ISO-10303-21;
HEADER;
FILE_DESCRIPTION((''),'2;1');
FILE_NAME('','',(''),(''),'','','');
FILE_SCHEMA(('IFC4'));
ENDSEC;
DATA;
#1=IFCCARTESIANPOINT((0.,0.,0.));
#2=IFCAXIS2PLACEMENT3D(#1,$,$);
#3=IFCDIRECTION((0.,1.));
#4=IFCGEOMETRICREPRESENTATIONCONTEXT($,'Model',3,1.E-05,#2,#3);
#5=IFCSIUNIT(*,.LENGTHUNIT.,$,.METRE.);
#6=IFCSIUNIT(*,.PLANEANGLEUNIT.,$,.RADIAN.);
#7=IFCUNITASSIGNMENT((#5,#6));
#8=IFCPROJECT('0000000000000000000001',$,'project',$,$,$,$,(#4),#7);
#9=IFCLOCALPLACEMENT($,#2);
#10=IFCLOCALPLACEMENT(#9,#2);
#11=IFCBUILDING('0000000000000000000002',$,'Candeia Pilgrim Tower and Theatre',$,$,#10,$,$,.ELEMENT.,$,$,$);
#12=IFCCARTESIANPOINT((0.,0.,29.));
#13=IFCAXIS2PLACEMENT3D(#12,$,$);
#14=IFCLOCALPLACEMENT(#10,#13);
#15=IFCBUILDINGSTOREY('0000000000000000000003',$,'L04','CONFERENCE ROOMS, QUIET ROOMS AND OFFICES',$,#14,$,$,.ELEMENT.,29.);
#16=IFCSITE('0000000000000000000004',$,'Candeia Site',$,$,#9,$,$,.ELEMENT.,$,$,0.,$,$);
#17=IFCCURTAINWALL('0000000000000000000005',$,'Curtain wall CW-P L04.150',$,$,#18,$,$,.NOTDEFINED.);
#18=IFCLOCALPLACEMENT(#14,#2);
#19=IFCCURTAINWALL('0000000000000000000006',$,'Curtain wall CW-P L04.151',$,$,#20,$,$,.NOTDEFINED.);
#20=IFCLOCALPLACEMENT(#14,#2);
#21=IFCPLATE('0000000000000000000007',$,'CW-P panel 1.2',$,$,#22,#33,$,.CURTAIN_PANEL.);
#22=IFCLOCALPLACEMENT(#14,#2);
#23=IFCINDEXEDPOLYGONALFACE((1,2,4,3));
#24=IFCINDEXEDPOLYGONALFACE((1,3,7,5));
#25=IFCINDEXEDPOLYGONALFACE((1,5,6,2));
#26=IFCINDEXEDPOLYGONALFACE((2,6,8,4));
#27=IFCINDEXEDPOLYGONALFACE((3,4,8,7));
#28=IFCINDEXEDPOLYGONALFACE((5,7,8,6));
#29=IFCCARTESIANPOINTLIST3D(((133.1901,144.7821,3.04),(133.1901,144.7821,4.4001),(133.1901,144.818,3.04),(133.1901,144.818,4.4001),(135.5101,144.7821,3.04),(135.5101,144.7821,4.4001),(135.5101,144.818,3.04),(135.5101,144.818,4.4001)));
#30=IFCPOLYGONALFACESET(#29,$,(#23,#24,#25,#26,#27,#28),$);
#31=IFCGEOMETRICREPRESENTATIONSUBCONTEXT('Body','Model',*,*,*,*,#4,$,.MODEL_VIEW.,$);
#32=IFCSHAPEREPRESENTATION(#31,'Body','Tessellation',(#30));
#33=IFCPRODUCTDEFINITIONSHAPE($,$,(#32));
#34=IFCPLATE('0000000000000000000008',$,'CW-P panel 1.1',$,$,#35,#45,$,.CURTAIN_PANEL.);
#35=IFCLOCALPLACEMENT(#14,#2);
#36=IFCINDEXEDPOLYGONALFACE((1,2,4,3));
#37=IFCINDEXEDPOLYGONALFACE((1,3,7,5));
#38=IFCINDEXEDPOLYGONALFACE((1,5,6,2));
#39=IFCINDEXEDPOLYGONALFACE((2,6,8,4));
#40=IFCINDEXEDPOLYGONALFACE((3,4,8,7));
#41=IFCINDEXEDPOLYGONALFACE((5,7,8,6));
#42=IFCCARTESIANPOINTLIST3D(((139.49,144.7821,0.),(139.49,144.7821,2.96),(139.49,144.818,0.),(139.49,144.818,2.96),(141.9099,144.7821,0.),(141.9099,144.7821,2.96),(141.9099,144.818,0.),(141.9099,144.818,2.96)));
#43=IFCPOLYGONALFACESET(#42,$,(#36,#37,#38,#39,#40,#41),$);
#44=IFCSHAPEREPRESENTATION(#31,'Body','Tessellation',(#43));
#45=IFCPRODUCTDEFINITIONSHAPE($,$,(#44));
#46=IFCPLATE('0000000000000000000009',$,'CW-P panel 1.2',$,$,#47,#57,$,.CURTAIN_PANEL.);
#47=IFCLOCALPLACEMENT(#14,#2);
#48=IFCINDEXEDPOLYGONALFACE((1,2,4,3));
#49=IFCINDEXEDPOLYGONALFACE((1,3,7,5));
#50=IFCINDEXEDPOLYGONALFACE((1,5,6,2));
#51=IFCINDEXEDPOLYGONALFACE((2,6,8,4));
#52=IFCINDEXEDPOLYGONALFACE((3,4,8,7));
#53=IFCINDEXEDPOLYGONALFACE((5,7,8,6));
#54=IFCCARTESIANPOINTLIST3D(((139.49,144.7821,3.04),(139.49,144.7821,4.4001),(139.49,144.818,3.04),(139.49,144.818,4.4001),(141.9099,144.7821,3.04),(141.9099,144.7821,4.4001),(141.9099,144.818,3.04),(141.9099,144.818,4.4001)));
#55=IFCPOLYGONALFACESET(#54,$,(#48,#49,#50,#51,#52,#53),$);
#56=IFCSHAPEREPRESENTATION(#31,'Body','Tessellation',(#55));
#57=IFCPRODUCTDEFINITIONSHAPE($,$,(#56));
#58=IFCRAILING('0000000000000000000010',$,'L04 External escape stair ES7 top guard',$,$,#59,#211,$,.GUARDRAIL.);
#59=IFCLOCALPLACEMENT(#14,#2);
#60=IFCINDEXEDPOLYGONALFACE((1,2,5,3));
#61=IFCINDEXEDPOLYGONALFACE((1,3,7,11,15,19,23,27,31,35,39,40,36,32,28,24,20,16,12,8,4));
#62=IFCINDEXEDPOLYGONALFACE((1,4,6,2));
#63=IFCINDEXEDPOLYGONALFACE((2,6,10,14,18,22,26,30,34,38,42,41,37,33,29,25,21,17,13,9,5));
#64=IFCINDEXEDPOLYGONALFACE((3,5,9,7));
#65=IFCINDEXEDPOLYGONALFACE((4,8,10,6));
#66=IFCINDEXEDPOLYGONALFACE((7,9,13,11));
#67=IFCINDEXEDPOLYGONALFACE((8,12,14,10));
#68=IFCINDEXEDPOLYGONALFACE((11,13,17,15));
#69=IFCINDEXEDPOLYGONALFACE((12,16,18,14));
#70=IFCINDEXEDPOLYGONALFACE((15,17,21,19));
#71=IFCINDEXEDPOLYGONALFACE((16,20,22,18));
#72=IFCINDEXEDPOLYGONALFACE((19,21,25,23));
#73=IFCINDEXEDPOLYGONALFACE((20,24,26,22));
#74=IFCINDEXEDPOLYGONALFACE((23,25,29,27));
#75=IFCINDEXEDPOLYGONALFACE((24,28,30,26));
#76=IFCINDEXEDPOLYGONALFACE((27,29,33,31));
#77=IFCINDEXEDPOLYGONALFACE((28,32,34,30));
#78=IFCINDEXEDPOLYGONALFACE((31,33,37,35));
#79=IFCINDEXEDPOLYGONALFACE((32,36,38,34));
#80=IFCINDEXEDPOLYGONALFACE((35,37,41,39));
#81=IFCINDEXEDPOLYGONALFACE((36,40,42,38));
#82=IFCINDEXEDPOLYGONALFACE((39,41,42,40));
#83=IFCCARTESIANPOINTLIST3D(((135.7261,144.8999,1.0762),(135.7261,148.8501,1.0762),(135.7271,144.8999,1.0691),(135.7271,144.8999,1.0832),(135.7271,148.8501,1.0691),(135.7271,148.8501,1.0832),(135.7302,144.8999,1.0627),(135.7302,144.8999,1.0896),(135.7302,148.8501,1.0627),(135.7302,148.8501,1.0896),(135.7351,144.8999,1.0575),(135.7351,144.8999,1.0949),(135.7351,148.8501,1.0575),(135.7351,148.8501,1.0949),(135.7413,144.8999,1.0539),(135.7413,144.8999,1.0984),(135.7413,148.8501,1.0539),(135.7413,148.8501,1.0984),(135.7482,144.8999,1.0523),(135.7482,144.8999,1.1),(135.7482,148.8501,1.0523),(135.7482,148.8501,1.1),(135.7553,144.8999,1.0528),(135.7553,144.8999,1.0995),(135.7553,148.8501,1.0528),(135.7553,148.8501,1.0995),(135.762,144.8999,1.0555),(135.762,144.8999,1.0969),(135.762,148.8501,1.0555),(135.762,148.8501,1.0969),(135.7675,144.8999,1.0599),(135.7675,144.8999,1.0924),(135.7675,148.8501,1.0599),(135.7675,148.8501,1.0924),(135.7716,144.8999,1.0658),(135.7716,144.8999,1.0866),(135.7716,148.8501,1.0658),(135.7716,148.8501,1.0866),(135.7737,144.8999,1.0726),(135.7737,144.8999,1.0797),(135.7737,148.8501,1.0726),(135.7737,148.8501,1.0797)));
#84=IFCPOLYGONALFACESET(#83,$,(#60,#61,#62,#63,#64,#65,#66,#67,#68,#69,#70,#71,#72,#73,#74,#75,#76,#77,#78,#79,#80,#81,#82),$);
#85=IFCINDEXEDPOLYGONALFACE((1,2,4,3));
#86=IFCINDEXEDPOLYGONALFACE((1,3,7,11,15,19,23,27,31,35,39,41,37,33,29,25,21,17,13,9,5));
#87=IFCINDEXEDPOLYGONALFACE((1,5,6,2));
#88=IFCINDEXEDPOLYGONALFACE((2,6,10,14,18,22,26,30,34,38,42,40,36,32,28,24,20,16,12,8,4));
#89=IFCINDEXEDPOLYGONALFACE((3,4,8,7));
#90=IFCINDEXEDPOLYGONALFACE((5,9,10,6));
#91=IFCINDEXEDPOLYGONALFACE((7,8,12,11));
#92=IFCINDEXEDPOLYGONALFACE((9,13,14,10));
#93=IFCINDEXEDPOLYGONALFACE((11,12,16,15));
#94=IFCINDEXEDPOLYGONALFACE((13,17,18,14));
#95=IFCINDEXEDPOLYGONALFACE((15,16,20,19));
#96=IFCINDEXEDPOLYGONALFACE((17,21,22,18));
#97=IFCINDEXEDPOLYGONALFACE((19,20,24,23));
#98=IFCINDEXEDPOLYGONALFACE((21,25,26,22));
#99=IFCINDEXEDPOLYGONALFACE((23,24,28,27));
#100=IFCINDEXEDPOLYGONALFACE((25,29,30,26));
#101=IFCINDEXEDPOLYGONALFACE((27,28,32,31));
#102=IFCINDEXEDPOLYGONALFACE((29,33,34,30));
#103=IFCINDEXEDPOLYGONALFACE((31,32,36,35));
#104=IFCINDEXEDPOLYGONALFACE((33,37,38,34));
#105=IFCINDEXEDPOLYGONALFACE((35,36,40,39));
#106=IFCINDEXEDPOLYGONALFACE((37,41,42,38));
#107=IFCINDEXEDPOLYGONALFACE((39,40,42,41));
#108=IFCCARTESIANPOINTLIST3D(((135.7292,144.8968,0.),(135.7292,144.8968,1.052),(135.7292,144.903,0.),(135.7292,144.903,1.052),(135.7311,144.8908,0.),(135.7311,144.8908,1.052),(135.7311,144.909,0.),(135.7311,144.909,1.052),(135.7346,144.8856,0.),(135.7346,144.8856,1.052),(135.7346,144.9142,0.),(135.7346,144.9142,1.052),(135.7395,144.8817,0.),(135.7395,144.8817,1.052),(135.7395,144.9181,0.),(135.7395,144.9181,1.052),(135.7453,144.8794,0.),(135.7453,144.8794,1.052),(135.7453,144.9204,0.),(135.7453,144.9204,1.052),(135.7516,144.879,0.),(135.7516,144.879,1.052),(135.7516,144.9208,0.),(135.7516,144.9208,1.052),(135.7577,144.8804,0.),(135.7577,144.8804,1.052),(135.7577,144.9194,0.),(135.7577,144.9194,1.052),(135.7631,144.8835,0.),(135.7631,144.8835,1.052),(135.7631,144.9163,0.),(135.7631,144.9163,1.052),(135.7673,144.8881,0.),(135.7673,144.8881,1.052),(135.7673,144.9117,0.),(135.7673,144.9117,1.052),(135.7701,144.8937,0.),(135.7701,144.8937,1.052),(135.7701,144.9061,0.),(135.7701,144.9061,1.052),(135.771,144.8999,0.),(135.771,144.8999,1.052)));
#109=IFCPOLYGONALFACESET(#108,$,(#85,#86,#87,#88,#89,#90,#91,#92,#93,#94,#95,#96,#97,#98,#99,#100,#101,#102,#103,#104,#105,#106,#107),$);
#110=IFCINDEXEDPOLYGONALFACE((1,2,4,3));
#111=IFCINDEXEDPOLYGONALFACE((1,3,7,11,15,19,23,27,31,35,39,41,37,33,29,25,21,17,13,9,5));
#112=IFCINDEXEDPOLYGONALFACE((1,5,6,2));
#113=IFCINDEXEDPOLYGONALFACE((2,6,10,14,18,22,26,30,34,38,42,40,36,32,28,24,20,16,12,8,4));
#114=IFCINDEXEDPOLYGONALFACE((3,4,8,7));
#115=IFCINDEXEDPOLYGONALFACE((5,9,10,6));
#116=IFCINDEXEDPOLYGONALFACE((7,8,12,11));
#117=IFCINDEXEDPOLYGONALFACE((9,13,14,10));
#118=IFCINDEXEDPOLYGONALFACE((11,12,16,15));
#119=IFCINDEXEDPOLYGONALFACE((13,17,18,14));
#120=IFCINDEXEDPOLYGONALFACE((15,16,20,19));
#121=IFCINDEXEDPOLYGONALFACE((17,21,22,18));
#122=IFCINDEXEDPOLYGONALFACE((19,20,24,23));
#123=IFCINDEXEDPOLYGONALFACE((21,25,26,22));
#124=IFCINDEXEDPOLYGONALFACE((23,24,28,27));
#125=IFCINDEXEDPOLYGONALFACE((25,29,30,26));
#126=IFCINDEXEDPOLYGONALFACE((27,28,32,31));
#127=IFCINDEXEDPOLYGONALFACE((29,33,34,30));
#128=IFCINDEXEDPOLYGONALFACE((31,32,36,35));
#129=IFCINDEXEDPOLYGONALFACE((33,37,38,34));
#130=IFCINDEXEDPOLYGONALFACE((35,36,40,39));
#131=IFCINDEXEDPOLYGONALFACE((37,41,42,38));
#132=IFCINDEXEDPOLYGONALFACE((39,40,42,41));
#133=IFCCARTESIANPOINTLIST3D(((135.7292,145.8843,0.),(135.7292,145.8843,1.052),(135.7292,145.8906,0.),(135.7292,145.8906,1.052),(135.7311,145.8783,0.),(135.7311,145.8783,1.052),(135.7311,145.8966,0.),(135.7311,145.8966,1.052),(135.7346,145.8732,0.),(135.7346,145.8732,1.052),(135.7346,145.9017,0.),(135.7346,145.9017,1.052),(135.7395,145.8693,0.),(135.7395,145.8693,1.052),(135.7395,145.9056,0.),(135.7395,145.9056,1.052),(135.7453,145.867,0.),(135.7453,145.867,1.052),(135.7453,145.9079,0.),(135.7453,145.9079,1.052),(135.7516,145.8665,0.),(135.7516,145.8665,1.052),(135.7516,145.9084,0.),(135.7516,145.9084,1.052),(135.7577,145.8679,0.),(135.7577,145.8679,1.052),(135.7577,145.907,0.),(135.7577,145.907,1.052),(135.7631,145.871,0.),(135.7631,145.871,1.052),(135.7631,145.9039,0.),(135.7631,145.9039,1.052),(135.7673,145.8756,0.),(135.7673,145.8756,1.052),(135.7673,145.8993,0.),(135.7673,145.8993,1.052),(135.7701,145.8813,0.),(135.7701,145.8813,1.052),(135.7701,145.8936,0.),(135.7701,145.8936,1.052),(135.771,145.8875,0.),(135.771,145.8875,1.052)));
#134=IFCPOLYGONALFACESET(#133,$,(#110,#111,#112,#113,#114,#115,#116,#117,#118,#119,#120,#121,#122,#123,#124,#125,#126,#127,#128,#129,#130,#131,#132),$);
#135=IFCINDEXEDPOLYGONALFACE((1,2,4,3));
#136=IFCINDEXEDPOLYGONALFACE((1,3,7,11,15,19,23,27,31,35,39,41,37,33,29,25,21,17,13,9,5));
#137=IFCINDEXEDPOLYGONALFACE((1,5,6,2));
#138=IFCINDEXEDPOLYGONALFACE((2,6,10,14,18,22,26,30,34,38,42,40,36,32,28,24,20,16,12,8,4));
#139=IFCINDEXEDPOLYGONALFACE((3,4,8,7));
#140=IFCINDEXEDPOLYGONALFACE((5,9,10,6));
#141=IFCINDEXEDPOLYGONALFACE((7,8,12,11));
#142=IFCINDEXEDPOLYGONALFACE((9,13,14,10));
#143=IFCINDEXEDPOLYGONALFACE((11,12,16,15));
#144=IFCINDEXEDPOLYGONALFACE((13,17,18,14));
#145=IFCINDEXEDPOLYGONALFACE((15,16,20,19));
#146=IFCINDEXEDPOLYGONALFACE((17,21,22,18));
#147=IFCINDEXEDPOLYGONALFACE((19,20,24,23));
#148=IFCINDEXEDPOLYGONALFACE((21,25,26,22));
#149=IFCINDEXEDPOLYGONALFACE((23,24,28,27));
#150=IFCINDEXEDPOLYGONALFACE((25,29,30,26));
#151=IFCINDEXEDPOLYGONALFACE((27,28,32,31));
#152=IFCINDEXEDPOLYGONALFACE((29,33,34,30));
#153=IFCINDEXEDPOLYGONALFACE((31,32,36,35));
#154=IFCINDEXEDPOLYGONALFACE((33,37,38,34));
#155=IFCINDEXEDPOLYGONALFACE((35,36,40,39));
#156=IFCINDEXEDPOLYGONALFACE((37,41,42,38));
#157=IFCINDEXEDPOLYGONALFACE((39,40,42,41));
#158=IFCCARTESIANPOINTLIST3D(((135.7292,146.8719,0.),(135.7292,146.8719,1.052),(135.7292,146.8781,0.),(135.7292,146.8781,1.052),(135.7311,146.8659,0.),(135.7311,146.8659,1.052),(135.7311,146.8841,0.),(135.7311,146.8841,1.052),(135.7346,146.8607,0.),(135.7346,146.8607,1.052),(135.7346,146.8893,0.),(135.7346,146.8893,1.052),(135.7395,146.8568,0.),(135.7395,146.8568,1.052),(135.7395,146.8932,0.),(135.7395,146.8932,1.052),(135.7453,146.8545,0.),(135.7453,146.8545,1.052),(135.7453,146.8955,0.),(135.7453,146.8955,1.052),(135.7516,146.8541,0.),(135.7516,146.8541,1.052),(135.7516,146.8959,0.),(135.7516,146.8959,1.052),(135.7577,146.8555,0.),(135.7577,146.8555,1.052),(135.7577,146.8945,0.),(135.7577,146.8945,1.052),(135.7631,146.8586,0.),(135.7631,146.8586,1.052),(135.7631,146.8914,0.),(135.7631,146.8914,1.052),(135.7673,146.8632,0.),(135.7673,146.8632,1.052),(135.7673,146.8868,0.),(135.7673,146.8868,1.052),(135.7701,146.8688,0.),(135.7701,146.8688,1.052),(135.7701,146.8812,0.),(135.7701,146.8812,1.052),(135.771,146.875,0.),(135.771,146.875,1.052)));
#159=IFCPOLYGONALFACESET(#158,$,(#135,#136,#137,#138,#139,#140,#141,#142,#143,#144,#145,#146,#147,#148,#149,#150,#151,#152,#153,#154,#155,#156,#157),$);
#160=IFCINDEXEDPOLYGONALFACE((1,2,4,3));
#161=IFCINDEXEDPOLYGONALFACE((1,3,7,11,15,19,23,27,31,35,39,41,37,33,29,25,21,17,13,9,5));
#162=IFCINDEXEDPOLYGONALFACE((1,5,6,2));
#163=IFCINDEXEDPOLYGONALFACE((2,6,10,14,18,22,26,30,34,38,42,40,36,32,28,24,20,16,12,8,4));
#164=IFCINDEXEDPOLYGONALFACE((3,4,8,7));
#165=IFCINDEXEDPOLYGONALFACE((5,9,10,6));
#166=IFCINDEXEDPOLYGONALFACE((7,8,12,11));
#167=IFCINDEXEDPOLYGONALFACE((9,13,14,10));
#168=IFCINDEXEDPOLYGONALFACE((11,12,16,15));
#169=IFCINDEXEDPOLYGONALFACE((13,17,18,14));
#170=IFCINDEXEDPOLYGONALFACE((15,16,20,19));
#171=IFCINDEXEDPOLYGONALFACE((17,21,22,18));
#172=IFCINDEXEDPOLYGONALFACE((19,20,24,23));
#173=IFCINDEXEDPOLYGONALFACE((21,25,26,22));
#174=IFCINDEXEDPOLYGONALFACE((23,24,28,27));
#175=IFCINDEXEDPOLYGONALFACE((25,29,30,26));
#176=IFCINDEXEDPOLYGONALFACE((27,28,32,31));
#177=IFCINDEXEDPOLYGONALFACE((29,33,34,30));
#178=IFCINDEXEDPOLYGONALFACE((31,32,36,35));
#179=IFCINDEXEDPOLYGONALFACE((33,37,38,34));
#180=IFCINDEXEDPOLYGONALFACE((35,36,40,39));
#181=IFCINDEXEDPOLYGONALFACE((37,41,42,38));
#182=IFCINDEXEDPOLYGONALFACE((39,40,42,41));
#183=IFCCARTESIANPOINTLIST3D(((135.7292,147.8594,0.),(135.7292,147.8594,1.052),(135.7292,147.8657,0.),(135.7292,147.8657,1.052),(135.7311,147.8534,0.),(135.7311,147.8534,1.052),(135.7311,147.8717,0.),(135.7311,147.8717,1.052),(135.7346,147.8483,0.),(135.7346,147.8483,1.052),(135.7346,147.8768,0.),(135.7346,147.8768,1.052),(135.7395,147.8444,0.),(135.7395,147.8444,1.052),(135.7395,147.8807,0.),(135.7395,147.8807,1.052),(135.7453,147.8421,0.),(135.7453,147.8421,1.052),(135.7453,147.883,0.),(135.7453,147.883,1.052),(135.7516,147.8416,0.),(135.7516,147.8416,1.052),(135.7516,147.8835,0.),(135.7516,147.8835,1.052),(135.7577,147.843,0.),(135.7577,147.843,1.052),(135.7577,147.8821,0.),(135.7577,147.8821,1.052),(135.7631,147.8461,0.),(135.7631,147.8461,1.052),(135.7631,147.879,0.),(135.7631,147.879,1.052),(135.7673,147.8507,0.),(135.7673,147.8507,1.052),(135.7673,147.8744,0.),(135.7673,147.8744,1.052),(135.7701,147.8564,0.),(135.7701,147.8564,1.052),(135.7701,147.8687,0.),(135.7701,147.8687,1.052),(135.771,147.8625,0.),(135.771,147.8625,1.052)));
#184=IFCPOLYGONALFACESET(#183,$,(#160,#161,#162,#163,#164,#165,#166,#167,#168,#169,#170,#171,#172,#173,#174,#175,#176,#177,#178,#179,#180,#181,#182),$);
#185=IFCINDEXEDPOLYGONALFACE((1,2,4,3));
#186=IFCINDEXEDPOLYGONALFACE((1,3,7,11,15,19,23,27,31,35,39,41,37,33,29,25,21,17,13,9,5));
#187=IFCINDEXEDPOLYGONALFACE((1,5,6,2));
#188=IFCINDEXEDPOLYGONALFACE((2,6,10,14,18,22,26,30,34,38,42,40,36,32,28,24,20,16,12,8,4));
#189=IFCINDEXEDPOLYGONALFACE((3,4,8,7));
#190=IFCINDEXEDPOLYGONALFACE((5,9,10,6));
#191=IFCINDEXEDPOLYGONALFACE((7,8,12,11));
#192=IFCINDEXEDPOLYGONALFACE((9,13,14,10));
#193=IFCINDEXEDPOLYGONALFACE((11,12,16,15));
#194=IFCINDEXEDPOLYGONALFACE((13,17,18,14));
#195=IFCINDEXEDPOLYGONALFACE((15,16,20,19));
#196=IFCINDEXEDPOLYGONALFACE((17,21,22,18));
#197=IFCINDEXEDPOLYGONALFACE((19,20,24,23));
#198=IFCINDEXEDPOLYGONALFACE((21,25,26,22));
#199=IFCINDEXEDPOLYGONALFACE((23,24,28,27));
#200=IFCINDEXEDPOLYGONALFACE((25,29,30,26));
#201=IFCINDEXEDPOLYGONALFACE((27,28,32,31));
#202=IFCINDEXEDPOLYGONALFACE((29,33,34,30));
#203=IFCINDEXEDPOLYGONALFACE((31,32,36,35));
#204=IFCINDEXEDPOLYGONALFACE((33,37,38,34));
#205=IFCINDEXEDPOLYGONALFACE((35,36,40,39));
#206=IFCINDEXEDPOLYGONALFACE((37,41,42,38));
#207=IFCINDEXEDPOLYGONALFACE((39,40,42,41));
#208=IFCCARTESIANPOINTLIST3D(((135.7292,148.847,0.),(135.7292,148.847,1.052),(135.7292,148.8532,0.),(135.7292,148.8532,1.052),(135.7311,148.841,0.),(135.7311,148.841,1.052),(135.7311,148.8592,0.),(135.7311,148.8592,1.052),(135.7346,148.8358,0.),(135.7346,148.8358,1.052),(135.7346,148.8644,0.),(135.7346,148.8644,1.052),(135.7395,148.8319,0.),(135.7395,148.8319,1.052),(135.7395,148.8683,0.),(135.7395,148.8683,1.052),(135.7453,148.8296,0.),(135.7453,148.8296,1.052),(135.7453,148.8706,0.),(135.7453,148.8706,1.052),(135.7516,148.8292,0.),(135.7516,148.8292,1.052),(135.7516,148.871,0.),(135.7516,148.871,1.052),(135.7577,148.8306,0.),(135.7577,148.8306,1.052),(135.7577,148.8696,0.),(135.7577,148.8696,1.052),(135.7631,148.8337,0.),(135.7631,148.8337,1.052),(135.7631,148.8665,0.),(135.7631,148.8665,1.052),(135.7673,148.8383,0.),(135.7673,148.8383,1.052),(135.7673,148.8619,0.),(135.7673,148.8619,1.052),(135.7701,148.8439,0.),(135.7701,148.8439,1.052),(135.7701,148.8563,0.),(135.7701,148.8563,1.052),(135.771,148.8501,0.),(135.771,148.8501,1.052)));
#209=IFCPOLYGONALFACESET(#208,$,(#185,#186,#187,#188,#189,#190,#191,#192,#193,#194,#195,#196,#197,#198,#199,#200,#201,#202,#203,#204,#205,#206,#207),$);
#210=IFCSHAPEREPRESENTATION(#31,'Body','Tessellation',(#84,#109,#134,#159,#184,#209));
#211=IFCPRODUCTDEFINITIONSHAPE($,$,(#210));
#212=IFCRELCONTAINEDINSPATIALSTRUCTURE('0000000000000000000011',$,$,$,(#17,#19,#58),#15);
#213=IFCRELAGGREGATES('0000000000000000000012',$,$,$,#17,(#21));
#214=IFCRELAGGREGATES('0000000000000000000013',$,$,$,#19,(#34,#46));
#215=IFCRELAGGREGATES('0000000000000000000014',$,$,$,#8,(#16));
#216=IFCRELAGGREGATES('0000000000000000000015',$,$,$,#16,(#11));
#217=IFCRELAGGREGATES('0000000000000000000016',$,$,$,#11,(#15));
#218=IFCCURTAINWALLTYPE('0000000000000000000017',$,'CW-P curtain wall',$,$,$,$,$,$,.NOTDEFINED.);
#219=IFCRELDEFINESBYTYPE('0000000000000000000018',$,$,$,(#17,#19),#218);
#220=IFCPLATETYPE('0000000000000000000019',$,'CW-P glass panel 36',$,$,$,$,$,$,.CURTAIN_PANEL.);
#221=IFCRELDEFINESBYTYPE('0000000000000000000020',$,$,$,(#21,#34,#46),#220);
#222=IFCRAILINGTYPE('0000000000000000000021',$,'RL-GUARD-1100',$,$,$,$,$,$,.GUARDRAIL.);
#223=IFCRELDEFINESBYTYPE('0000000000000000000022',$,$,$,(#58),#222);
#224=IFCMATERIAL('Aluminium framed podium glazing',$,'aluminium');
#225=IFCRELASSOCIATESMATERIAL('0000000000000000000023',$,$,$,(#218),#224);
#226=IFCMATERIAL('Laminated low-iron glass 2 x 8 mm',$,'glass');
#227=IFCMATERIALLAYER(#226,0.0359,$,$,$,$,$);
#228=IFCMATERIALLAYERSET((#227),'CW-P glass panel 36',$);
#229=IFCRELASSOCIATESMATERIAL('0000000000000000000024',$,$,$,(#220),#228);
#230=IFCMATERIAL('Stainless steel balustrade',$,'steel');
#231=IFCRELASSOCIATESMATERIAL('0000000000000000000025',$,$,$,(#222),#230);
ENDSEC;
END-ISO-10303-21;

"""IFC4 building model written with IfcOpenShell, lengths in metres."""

from ifc_helpers import new_model, si_unit, direction, frame, origin, origin_2d, place, context, subcontext, project, spatial, rectangle, circle, extrude, material, layer, layer_set, type_object, element, aggregate, save


model = new_model("IFC4")

# Units and contexts
model_context = context("Model", 3, precision=1e-05, world=origin(), true_north=direction((0.0, 1.0)))
body_context = subcontext(model_context, "Body", "Model", "MODEL_VIEW")
ifc_project = project(units=[si_unit("LENGTHUNIT", "METRE"), si_unit("PLANEANGLEUNIT", "RADIAN")], contexts=[model_context])

# Site, building, storey
site_placement = place(None, origin())
site = spatial("IfcSite", under=ifc_project, at=site_placement, Name="Candeia Site", CompositionType="ELEMENT", RefElevation=0.0)
building_placement = place(site_placement, origin())
building = spatial("IfcBuilding", under=site, at=building_placement, Name="Candeia Pilgrim Tower and Theatre", CompositionType="ELEMENT")
storey_placement = place(building_placement, frame((0.0, 0.0, 29.0)))
storey = spatial("IfcBuildingStorey", under=building, at=storey_placement, Name="L04", Description="CONFERENCE ROOMS, QUIET ROOMS AND OFFICES", CompositionType="ELEMENT", Elevation=29.0)

# Shared definitions
ifc_material_1 = material(Name="Aluminium framed podium glazing", Category="aluminium")
curtain_wall_type = type_object("IfcCurtainWallType", Name="CW-P curtain wall", PredefinedType="NOTDEFINED", material=ifc_material_1)

# Curtain walls
curtain_wall_1_placement = place(storey_placement, origin())
curtain_wall_1 = element("IfcCurtainWall", 1, at=curtain_wall_1_placement, inside=storey, type_object=curtain_wall_type, Name="Curtain wall CW-P L04.150", PredefinedType="NOTDEFINED")
curtain_wall_2_placement = place(storey_placement, origin())
curtain_wall_2 = element("IfcCurtainWall", 2, at=curtain_wall_2_placement, inside=storey, type_object=curtain_wall_type, Name="Curtain wall CW-P L04.151", PredefinedType="NOTDEFINED")

# Plates
ifc_material_2 = material(Name="Laminated low-iron glass 2 x 8 mm", Category="glass")
ifc_layer_1 = layer(ifc_material_2, 0.0359)
ifc_layer_set_1 = layer_set([ifc_layer_1], Name="CW-P glass panel 36")
plate_type = type_object("IfcPlateType", Name="CW-P glass panel 36", PredefinedType="CURTAIN_PANEL", material=ifc_layer_set_1)
plate_1_placement = place(storey_placement, frame((134.3501, 144.8, 3.04), z_axis=(0.0, 0.0, 1.0), x_axis=(1.0, 0.0, 0.0)))
plate_1 = element("IfcPlate", 3, at=plate_1_placement, type_object=plate_type, Name="CW-P panel 1.2", PredefinedType="CURTAIN_PANEL", context=body_context, shape_type="SweptSolid", body=[
    extrude(rectangle(XDim=2.3201, YDim=0.0359, at=origin_2d()), origin(), (0.0, 0.0, 1.0), 1.3601),
])
aggregate(curtain_wall_1, [plate_1])
plate_2_placement = place(storey_placement, frame((140.7, 144.8, 0.0), z_axis=(0.0, 0.0, 1.0), x_axis=(1.0, 0.0, 0.0)))
plate_2 = element("IfcPlate", 4, at=plate_2_placement, type_object=plate_type, Name="CW-P panel 1.1", PredefinedType="CURTAIN_PANEL", context=body_context, shape_type="SweptSolid", body=[
    extrude(rectangle(XDim=2.4199, YDim=0.0359, at=origin_2d()), origin(), (0.0, 0.0, 1.0), 2.96),
])
plate_3_placement = place(storey_placement, frame((140.7, 144.8, 3.04), z_axis=(0.0, 0.0, 1.0), x_axis=(1.0, 0.0, 0.0)))
plate_3 = element("IfcPlate", 5, at=plate_3_placement, type_object=plate_type, Name="CW-P panel 1.2", PredefinedType="CURTAIN_PANEL", context=body_context, shape_type="SweptSolid", body=[
    extrude(rectangle(XDim=2.4199, YDim=0.0359, at=origin_2d()), origin(), (0.0, 0.0, 1.0), 1.3601),
])
aggregate(curtain_wall_2, [plate_2, plate_3])

# Railing
ifc_material_3 = material(Name="Stainless steel balustrade", Category="steel")
railing_type = type_object("IfcRailingType", Name="RL-GUARD-1100", PredefinedType="GUARDRAIL", material=ifc_material_3)
railing_1_placement = place(storey_placement, frame((135.75, 144.8999, 0.0)))
element("IfcRailing", 6, at=railing_1_placement, inside=storey, type_object=railing_type, Name="L04 External escape stair ES7 top guard", PredefinedType="GUARDRAIL", context=body_context, shape_type="SweptSolid", body=[
    extrude(circle(Radius=0.0239, at=origin_2d()), frame((0.0, 0.0, 1.0762), z_axis=(0.0, 1.0, 0.0), x_axis=(-1.0, 0.0, 0.0)), (0.0, 0.0, 1.0), 3.9502),
    extrude(circle(Radius=0.021, at=origin_2d()), origin(), (0.0, 0.0, 1.0), 1.052),
    extrude(circle(Radius=0.021, at=origin_2d()), frame((0.0, 0.9875, 0.0)), (0.0, 0.0, 1.0), 1.052),
    extrude(circle(Radius=0.021, at=origin_2d()), frame((0.0, 1.9751, 0.0)), (0.0, 0.0, 1.0), 1.052),
    extrude(circle(Radius=0.021, at=origin_2d()), frame((0.0, 2.9626, 0.0)), (0.0, 0.0, 1.0), 1.052),
    extrude(circle(Radius=0.021, at=origin_2d()), frame((0.0, 3.9502, 0.0)), (0.0, 0.0, 1.0), 1.052),
])

save(model, "model.ifc")
